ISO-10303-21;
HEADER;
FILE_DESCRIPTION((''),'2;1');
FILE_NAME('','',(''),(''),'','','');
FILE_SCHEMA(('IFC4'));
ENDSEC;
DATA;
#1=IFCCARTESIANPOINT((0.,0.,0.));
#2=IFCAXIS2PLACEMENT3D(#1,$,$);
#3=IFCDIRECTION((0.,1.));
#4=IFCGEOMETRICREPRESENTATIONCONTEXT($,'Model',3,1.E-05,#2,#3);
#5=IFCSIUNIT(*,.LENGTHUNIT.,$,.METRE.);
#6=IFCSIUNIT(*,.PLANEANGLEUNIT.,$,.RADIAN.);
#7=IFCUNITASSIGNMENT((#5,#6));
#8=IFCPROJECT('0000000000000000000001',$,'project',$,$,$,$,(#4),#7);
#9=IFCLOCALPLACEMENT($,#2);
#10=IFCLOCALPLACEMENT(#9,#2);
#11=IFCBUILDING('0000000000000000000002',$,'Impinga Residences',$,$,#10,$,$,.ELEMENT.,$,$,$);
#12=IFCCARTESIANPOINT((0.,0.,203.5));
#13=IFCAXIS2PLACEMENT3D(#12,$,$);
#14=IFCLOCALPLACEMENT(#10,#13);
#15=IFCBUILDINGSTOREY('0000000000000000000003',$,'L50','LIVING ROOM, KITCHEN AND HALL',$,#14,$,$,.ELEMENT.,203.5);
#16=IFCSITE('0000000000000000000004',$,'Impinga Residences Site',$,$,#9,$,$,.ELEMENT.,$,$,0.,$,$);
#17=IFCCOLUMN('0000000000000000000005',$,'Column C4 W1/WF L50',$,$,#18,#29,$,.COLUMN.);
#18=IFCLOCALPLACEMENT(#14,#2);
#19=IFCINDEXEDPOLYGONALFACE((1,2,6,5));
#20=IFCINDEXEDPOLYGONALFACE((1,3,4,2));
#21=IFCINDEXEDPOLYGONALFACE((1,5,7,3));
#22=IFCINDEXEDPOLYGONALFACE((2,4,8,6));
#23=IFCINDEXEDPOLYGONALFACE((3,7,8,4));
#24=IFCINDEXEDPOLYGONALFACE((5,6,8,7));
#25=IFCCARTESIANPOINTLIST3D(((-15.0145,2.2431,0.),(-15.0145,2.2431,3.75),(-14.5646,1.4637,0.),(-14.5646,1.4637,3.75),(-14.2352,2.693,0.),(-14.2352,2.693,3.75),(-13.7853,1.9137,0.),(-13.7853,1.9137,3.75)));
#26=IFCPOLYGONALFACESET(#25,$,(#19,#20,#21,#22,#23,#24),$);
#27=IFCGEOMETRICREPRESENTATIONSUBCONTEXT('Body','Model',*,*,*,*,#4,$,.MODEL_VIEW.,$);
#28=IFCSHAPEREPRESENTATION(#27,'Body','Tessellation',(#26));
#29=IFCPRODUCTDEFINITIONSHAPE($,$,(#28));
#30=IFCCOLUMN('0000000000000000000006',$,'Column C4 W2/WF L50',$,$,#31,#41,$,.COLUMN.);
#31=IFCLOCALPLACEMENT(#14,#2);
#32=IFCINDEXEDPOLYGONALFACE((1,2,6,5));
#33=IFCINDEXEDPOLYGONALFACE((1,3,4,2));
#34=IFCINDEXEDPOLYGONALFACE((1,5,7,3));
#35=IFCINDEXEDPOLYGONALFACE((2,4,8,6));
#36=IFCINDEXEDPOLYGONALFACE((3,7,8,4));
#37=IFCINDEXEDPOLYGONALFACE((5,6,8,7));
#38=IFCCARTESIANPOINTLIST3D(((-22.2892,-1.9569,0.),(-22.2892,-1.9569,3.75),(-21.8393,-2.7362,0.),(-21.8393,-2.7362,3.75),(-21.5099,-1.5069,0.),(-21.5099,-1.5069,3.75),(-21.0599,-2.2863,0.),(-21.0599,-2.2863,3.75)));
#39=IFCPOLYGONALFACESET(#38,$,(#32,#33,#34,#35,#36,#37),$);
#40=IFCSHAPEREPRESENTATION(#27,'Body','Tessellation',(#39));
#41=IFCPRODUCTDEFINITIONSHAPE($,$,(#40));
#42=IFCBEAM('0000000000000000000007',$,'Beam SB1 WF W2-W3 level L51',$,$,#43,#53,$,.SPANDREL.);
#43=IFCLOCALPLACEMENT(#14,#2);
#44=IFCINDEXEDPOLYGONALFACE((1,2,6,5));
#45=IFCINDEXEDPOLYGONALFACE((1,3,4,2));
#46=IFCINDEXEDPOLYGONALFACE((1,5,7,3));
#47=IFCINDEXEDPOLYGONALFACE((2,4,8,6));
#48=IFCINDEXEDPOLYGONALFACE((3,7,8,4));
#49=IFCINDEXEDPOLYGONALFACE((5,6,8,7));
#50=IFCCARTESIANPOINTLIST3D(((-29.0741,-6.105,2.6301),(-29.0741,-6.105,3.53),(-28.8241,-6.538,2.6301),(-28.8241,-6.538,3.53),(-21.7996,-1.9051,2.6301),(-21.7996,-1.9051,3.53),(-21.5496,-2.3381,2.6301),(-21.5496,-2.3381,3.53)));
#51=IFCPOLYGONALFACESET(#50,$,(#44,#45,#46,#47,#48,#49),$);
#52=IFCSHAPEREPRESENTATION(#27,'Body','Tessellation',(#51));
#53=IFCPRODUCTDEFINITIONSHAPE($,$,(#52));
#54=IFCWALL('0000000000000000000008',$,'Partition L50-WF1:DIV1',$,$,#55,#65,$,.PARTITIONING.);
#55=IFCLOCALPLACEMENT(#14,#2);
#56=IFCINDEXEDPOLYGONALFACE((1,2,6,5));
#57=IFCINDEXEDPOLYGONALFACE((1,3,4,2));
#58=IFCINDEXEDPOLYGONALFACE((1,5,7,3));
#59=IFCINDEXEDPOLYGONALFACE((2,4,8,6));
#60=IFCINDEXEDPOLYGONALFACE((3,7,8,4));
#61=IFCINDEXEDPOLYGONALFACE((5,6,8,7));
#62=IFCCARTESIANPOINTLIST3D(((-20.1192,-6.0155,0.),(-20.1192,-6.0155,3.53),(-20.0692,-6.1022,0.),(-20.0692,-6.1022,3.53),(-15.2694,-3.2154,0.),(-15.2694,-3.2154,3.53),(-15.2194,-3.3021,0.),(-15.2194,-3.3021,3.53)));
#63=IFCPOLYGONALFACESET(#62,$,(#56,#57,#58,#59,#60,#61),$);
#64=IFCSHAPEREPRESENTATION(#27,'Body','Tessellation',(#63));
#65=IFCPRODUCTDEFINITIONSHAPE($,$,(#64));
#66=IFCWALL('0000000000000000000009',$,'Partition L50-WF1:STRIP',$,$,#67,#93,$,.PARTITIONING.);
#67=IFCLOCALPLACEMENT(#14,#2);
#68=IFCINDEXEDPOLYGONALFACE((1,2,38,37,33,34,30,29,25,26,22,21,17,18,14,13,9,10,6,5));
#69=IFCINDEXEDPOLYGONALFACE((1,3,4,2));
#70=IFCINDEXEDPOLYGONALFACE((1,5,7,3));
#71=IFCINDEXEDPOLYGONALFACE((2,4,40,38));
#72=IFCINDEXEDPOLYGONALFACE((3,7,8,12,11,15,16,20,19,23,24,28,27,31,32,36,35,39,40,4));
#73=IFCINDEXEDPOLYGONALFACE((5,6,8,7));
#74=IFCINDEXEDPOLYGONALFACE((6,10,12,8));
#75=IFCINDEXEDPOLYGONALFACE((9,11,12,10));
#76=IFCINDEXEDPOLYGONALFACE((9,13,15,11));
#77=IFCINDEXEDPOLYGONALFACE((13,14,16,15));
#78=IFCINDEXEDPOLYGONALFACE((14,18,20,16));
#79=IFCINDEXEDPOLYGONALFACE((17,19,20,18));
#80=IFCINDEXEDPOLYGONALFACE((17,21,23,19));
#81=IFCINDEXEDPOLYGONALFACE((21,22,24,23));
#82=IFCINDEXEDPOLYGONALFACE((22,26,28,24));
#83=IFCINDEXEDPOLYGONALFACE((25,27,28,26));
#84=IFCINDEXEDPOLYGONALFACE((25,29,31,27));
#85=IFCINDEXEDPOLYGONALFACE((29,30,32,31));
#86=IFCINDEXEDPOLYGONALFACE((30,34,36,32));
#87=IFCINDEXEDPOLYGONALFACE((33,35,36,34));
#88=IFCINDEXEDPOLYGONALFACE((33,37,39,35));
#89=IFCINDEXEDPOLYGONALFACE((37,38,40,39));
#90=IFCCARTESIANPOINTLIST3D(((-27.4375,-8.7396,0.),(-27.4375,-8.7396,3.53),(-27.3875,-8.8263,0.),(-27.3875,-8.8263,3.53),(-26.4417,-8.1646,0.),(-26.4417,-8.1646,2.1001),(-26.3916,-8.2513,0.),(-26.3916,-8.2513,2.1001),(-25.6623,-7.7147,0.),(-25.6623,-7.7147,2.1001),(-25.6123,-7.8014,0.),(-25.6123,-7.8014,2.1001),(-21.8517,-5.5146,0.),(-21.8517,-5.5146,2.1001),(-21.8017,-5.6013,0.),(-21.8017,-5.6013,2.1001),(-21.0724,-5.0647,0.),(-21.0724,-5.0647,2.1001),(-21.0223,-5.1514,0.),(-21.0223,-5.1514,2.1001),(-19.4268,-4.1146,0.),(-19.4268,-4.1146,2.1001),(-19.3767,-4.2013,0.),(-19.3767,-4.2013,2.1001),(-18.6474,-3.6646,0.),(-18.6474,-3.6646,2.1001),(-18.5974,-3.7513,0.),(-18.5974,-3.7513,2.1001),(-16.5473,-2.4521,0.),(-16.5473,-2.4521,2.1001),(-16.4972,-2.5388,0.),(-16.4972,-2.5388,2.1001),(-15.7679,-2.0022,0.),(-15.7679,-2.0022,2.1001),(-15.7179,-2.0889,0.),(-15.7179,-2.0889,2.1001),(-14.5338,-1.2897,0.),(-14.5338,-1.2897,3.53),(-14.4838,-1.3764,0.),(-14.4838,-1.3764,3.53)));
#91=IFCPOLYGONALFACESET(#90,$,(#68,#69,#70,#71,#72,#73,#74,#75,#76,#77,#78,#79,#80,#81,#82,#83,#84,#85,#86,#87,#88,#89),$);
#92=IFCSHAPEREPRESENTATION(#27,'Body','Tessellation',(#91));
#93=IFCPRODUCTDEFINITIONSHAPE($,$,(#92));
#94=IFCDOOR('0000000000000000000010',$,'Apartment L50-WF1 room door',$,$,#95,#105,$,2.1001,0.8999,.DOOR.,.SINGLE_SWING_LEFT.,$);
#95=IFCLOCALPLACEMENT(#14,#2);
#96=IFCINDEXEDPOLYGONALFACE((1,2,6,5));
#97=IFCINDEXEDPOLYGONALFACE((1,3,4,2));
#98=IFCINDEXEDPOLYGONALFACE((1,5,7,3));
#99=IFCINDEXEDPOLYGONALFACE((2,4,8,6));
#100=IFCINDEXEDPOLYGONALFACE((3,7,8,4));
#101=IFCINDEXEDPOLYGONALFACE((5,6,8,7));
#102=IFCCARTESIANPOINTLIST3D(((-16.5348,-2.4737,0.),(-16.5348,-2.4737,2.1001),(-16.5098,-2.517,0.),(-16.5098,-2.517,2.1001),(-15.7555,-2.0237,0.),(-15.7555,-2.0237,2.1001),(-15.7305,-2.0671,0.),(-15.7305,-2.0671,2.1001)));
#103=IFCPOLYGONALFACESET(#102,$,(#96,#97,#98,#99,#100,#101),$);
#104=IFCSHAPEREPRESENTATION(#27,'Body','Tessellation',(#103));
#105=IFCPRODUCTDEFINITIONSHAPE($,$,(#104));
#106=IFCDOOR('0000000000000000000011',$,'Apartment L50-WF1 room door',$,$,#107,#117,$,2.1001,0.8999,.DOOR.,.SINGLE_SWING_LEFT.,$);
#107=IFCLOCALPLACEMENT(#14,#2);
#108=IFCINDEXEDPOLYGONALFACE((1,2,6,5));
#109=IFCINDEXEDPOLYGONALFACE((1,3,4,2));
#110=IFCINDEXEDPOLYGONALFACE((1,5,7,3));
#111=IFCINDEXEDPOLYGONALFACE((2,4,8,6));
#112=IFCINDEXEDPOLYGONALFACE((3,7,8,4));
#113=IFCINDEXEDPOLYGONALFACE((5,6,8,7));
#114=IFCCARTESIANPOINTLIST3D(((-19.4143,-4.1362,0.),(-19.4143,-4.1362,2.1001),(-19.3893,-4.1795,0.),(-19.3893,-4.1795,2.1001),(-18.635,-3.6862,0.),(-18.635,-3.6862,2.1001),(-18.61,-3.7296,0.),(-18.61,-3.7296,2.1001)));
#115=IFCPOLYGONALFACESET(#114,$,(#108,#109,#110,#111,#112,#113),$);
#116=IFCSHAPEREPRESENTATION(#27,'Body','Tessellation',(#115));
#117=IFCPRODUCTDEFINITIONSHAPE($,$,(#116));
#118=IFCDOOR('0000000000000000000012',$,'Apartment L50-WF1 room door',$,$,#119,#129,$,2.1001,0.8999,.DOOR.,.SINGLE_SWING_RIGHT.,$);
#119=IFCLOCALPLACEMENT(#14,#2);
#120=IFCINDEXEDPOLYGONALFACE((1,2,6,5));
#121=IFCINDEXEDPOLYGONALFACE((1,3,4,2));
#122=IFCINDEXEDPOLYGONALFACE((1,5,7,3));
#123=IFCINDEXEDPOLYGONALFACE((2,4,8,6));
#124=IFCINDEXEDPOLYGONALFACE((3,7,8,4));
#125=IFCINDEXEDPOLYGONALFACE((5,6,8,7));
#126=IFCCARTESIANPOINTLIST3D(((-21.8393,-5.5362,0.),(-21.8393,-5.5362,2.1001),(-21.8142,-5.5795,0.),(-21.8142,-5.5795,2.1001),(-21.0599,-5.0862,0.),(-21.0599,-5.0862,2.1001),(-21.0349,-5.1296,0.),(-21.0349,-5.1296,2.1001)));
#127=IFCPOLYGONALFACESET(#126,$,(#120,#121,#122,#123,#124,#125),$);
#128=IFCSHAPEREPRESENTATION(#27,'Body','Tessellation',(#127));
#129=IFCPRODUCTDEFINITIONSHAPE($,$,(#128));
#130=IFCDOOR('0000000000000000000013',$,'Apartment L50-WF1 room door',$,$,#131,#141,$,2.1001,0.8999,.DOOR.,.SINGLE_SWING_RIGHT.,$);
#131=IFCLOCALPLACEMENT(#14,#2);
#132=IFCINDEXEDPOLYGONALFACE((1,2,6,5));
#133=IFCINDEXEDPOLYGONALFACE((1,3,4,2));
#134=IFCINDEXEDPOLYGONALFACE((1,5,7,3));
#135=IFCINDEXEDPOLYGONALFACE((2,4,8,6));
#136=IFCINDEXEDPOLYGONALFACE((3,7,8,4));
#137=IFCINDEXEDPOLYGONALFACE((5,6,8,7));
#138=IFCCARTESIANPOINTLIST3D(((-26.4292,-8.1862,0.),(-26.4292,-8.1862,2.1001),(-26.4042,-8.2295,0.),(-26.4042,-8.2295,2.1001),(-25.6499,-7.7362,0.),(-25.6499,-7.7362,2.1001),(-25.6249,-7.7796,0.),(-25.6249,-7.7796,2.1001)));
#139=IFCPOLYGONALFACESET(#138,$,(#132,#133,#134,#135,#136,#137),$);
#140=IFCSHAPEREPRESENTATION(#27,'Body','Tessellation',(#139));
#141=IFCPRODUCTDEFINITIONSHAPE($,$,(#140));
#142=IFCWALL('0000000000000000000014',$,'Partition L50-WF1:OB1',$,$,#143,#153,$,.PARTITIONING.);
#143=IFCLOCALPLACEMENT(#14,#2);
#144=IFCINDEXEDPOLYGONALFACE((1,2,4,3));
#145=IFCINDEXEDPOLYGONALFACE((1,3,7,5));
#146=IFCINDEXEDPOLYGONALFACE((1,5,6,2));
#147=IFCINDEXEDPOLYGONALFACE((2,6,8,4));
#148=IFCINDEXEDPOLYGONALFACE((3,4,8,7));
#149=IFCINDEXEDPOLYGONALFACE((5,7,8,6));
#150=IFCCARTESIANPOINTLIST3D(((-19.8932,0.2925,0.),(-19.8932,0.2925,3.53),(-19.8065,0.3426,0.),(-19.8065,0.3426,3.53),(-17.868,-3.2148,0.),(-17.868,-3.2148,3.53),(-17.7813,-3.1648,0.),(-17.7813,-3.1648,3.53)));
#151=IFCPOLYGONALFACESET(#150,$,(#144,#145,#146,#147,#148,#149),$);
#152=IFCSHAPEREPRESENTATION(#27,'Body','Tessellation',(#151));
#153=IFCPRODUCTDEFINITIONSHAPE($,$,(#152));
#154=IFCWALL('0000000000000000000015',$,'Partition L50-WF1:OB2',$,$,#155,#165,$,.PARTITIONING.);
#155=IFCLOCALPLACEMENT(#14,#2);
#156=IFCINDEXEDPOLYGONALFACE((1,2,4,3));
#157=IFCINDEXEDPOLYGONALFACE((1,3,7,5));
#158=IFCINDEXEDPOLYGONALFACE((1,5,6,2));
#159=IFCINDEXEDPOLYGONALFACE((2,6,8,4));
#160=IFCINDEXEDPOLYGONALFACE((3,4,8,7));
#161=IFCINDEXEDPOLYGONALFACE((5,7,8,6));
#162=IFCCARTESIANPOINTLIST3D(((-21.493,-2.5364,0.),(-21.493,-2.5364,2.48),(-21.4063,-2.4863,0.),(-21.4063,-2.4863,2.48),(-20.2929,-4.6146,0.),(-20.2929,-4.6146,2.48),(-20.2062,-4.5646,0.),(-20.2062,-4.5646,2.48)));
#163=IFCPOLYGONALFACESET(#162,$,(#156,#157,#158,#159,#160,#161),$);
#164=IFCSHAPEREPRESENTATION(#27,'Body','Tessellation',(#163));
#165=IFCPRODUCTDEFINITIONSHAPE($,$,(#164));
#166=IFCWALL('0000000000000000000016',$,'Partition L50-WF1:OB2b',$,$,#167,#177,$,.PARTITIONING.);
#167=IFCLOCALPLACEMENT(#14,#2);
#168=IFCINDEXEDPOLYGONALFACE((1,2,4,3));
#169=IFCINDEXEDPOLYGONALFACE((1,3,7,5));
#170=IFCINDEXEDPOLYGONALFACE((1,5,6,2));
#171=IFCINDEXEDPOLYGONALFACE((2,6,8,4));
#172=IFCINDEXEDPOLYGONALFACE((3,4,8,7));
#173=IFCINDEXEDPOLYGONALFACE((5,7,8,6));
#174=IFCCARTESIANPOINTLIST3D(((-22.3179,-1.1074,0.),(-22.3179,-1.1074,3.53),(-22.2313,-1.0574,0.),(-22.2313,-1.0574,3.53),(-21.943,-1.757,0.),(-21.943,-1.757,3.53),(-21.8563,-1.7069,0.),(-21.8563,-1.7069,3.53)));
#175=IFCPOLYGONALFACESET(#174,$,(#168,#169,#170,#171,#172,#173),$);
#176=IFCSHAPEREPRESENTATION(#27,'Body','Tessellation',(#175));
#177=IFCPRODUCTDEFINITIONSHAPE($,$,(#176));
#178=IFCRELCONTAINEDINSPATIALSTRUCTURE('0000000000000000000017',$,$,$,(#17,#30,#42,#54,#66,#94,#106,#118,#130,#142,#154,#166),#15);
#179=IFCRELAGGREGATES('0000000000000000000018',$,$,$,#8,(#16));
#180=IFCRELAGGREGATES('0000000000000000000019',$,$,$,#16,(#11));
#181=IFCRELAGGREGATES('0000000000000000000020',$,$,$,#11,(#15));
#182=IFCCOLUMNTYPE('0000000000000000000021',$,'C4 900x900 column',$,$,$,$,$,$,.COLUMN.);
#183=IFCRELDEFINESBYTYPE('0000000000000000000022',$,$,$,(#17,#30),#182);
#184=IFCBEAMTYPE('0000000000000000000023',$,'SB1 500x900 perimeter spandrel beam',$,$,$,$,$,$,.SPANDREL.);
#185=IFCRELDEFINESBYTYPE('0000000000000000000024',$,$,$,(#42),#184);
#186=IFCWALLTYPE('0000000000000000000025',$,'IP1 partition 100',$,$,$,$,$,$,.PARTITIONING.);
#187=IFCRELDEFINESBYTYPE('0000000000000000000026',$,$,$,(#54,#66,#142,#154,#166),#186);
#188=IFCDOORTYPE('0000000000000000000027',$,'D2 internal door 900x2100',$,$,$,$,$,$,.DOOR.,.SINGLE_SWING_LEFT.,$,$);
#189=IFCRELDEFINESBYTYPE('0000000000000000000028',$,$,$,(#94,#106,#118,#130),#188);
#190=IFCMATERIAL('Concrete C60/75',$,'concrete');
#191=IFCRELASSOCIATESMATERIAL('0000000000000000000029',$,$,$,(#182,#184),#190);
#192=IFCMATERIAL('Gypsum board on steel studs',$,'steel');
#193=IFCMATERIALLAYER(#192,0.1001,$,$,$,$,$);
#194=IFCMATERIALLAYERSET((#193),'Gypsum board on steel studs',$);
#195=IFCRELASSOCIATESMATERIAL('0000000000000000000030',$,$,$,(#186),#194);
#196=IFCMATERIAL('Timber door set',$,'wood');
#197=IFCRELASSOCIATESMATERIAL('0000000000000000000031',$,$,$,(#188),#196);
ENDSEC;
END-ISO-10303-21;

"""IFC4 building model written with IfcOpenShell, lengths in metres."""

from ifc_helpers import new_model, si_unit, direction, frame, frame_2d, origin, origin_2d, place, context, subcontext, project, spatial, rectangle, extrude, material, layer, layer_set, material_profile, profile_set, type_object, element, fill, save


model = new_model("IFC4")

# Units and contexts
model_context = context("Model", 3, precision=1e-05, world=origin(), true_north=direction((0.0, 1.0)))
body_context = subcontext(model_context, "Body", "Model", "MODEL_VIEW")
ifc_project = project(units=[si_unit("LENGTHUNIT", "METRE"), si_unit("PLANEANGLEUNIT", "RADIAN")], contexts=[model_context])

# Site, building, storey
site_placement = place(None, origin())
site = spatial("IfcSite", under=ifc_project, at=site_placement, Name="Impinga Residences Site", CompositionType="ELEMENT", RefElevation=0.0)
building_placement = place(site_placement, origin())
building = spatial("IfcBuilding", under=site, at=building_placement, Name="Impinga Residences", CompositionType="ELEMENT")
storey_placement = place(building_placement, frame((0.0, 0.0, 203.5)))
storey = spatial("IfcBuildingStorey", under=building, at=storey_placement, Name="L50", Description="LIVING ROOM, KITCHEN AND HALL", CompositionType="ELEMENT", Elevation=203.5)

# Columns
ifc_material_1 = material(Name="Concrete C60/75", Category="concrete")
ifc_material_profile_1 = material_profile(ifc_material_1, rectangle(XDim=0.8999, YDim=0.8999, at=origin_2d()), Name="RC 900x900")
ifc_profile_set_1 = profile_set([ifc_material_profile_1], Name="Concrete C60/75")
column_type = type_object("IfcColumnType", Name="C4 900x900 column", PredefinedType="COLUMN", material=ifc_profile_set_1)
for number, where, z_axis, x_axis, name in (
    (1, (-14.3999, 2.0784, 0.0), (0.0, 0.0, 1.0), (-0.5, 0.866025, 0.0), "Column C4 W1/WF L50"),
    (2, (-21.6746, -2.1216, 0.0), (0.0, 0.0, 1.0), (-0.5, 0.866025, 0.0), "Column C4 W2/WF L50"),
):
    element("IfcColumn", number, at=place(storey_placement, frame(where, z_axis=z_axis, x_axis=x_axis)), inside=storey, type_object=column_type, Name=name, PredefinedType="COLUMN", context=body_context, shape_type="SweptSolid", body=[
        extrude(rectangle(XDim=0.8999, YDim=0.8999, at=origin_2d()), origin(), (0.0, 0.0, 1.0), 3.75),
    ])

# Beam
ifc_material_profile_2 = material_profile(ifc_material_1, rectangle(XDim=0.5, YDim=0.8999, at=origin_2d()), Name="RC 500x900")
ifc_profile_set_2 = profile_set([ifc_material_profile_2], Name="Concrete C60/75")
beam_type = type_object("IfcBeamType", Name="SB1 500x900 perimeter spandrel beam", PredefinedType="SPANDREL", material=ifc_profile_set_2)
beam_placement = place(storey_placement, frame((-21.6746, -2.1216, 3.0801), z_axis=(-0.866029, -0.499993, 0.0), x_axis=(0.499993, -0.866029, 0.0)))
element("IfcBeam", 3, at=beam_placement, inside=storey, type_object=beam_type, Name="Beam SB1 WF W2-W3 level L51", PredefinedType="SPANDREL", context=body_context, shape_type="SweptSolid", body=[
    extrude(rectangle(XDim=0.5, YDim=0.8999, at=origin_2d()), origin(), (0.0, 0.0, 1.0), 8.3999),
])

# Wall
ifc_material_2 = material(Name="Gypsum board on steel studs", Category="steel")
ifc_layer = layer(ifc_material_2, 0.1001)
ifc_layer_set = layer_set([ifc_layer], Name="Gypsum board on steel studs")
wall_type = type_object("IfcWallType", Name="IP1 partition 100", PredefinedType="PARTITIONING", material=ifc_layer_set)
wall_1_placement = place(storey_placement, frame((-15.2444, -3.2588, 0.0), z_axis=(0.0, 0.0, 1.0), x_axis=(-0.866027, -0.499998, 0.0)))
element("IfcWall", 4, at=wall_1_placement, inside=storey, type_object=wall_type, Name="Partition L50-WF1:DIV1", PredefinedType="PARTITIONING", context=body_context, shape_type="SweptSolid", body=[
    extrude(rectangle(XDim=5.6001, YDim=0.1001, at=frame_2d((2.8, 0.0))), origin(), (0.0, 0.0, 1.0), 3.53),
])

# Wall, openings, doors
wall_2_placement = place(storey_placement, frame((-14.5088, -1.333, 0.0), z_axis=(0.0, 0.0, 1.0), x_axis=(-0.866027, -0.499997, 0.0)))
wall_2 = element("IfcWall", 5, at=wall_2_placement, inside=storey, type_object=wall_type, Name="Partition L50-WF1:STRIP", PredefinedType="PARTITIONING", context=body_context, shape_type="SweptSolid", body=[
    extrude(rectangle(XDim=14.8999, YDim=0.1001, at=frame_2d((7.45, 0.0))), origin(), (0.0, 0.0, 1.0), 3.53),
])
opening_1_placement = place(wall_2_placement, frame((1.425, 0.0, 0.0)))
opening_1 = element("IfcOpeningElement", 6, at=opening_1_placement, cuts=wall_2, PredefinedType="OPENING", context=body_context, shape_type="SweptSolid", body=[
    extrude(rectangle(XDim=0.8999, YDim=2.1001, at=frame_2d((0.45, 1.05))), frame((0.0, 0.0601, 0.0), z_axis=(0.0, -1.0, 0.0), x_axis=(1.0, 0.0, 0.0)), (0.0, 0.0, 1.0), 0.1201),
])
opening_2_placement = place(wall_2_placement, frame((4.75, 0.0, 0.0)))
opening_2 = element("IfcOpeningElement", 7, at=opening_2_placement, cuts=wall_2, PredefinedType="OPENING", context=body_context, shape_type="SweptSolid", body=[
    extrude(rectangle(XDim=0.8999, YDim=2.1001, at=frame_2d((0.45, 1.05))), frame((0.0, 0.0601, 0.0), z_axis=(0.0, -1.0, 0.0), x_axis=(1.0, 0.0, 0.0)), (0.0, 0.0, 1.0), 0.1201),
])
opening_3_placement = place(wall_2_placement, frame((7.55, 0.0, 0.0)))
opening_3 = element("IfcOpeningElement", 8, at=opening_3_placement, cuts=wall_2, PredefinedType="OPENING", context=body_context, shape_type="SweptSolid", body=[
    extrude(rectangle(XDim=0.8999, YDim=2.1001, at=frame_2d((0.45, 1.05))), frame((0.0, 0.0601, 0.0), z_axis=(0.0, -1.0, 0.0), x_axis=(1.0, 0.0, 0.0)), (0.0, 0.0, 1.0), 0.1201),
])
opening_4_placement = place(wall_2_placement, frame((12.8501, 0.0, 0.0)))
opening_4 = element("IfcOpeningElement", 9, at=opening_4_placement, cuts=wall_2, PredefinedType="OPENING", context=body_context, shape_type="SweptSolid", body=[
    extrude(rectangle(XDim=0.8999, YDim=2.1001, at=frame_2d((0.45, 1.05))), frame((0.0, 0.0601, 0.0), z_axis=(0.0, -1.0, 0.0), x_axis=(1.0, 0.0, 0.0)), (0.0, 0.0, 1.0), 0.1201),
])
ifc_material_3 = material(Name="Timber door set", Category="wood")
door_type = type_object("IfcDoorType", Name="D2 internal door 900x2100", OperationType="SINGLE_SWING_LEFT", PredefinedType="DOOR", material=ifc_material_3)
door_1_placement = place(opening_1_placement, origin())
door_1 = element("IfcDoor", 10, at=door_1_placement, inside=storey, type_object=door_type, Name="Apartment L50-WF1 room door", OperationType="SINGLE_SWING_LEFT", OverallHeight=2.1001, OverallWidth=0.8999, PredefinedType="DOOR", context=body_context, shape_type="SweptSolid", body=[
    extrude(rectangle(XDim=0.8999, YDim=2.1001, at=frame_2d((0.45, 1.05))), frame((0.0, 0.0249, 0.0), z_axis=(0.0, -1.0, 0.0), x_axis=(1.0, 0.0, 0.0)), (0.0, 0.0, 1.0), 0.05),
])
fill(opening_1, door_1)
door_2_placement = place(opening_2_placement, origin())
door_2 = element("IfcDoor", 11, at=door_2_placement, inside=storey, type_object=door_type, Name="Apartment L50-WF1 room door", OperationType="SINGLE_SWING_LEFT", OverallHeight=2.1001, OverallWidth=0.8999, PredefinedType="DOOR", context=body_context, shape_type="SweptSolid", body=[
    extrude(rectangle(XDim=0.8999, YDim=2.1001, at=frame_2d((0.45, 1.05))), frame((0.0, 0.0249, 0.0), z_axis=(0.0, -1.0, 0.0), x_axis=(1.0, 0.0, 0.0)), (0.0, 0.0, 1.0), 0.05),
])
fill(opening_2, door_2)
door_3_placement = place(opening_3_placement, origin())
door_3 = element("IfcDoor", 12, at=door_3_placement, inside=storey, type_object=door_type, Name="Apartment L50-WF1 room door", OperationType="SINGLE_SWING_RIGHT", OverallHeight=2.1001, OverallWidth=0.8999, PredefinedType="DOOR", context=body_context, shape_type="SweptSolid", body=[
    extrude(rectangle(XDim=0.8999, YDim=2.1001, at=frame_2d((0.45, 1.05))), frame((0.0, 0.0249, 0.0), z_axis=(0.0, -1.0, 0.0), x_axis=(1.0, 0.0, 0.0)), (0.0, 0.0, 1.0), 0.05),
])
fill(opening_3, door_3)
door_4_placement = place(opening_4_placement, origin())
door_4 = element("IfcDoor", 13, at=door_4_placement, inside=storey, type_object=door_type, Name="Apartment L50-WF1 room door", OperationType="SINGLE_SWING_RIGHT", OverallHeight=2.1001, OverallWidth=0.8999, PredefinedType="DOOR", context=body_context, shape_type="SweptSolid", body=[
    extrude(rectangle(XDim=0.8999, YDim=2.1001, at=frame_2d((0.45, 1.05))), frame((0.0, 0.0249, 0.0), z_axis=(0.0, -1.0, 0.0), x_axis=(1.0, 0.0, 0.0)), (0.0, 0.0, 1.0), 0.05),
])
fill(opening_4, door_4)

# Walls
wall_3_placement = place(storey_placement, frame((-17.8247, -3.1897, 0.0), z_axis=(0.0, 0.0, 1.0), x_axis=(-0.500036, 0.866005, 0.0)))
element("IfcWall", 14, at=wall_3_placement, inside=storey, type_object=wall_type, Name="Partition L50-WF1:OB1", PredefinedType="PARTITIONING", context=body_context, shape_type="SweptSolid", body=[
    extrude(rectangle(XDim=4.05, YDim=0.1001, at=frame_2d((2.0249, 0.0))), origin(), (0.0, 0.0, 1.0), 3.53),
])
wall_4_placement = place(storey_placement, frame((-20.2495, -4.5896, 0.0), z_axis=(0.0, 0.0, 1.0), x_axis=(-0.500078, 0.865981, 0.0)))
element("IfcWall", 15, at=wall_4_placement, inside=storey, type_object=wall_type, Name="Partition L50-WF1:OB2", PredefinedType="PARTITIONING", context=body_context, shape_type="SweptSolid", body=[
    extrude(rectangle(XDim=2.3999, YDim=0.1001, at=frame_2d((1.2, 0.0))), origin(), (0.0, 0.0, 1.0), 2.48),
])
wall_5_placement = place(storey_placement, frame((-21.8997, -1.7319, 0.0), z_axis=(0.0, 0.0, 1.0), x_axis=(-0.49992, 0.866072, 0.0)))
element("IfcWall", 16, at=wall_5_placement, inside=storey, type_object=wall_type, Name="Partition L50-WF1:OB2b", PredefinedType="PARTITIONING", context=body_context, shape_type="SweptSolid", body=[
    extrude(rectangle(XDim=0.75, YDim=0.1001, at=frame_2d((0.375, 0.0))), origin(), (0.0, 0.0, 1.0), 3.53),
])

save(model, "model.ifc")
